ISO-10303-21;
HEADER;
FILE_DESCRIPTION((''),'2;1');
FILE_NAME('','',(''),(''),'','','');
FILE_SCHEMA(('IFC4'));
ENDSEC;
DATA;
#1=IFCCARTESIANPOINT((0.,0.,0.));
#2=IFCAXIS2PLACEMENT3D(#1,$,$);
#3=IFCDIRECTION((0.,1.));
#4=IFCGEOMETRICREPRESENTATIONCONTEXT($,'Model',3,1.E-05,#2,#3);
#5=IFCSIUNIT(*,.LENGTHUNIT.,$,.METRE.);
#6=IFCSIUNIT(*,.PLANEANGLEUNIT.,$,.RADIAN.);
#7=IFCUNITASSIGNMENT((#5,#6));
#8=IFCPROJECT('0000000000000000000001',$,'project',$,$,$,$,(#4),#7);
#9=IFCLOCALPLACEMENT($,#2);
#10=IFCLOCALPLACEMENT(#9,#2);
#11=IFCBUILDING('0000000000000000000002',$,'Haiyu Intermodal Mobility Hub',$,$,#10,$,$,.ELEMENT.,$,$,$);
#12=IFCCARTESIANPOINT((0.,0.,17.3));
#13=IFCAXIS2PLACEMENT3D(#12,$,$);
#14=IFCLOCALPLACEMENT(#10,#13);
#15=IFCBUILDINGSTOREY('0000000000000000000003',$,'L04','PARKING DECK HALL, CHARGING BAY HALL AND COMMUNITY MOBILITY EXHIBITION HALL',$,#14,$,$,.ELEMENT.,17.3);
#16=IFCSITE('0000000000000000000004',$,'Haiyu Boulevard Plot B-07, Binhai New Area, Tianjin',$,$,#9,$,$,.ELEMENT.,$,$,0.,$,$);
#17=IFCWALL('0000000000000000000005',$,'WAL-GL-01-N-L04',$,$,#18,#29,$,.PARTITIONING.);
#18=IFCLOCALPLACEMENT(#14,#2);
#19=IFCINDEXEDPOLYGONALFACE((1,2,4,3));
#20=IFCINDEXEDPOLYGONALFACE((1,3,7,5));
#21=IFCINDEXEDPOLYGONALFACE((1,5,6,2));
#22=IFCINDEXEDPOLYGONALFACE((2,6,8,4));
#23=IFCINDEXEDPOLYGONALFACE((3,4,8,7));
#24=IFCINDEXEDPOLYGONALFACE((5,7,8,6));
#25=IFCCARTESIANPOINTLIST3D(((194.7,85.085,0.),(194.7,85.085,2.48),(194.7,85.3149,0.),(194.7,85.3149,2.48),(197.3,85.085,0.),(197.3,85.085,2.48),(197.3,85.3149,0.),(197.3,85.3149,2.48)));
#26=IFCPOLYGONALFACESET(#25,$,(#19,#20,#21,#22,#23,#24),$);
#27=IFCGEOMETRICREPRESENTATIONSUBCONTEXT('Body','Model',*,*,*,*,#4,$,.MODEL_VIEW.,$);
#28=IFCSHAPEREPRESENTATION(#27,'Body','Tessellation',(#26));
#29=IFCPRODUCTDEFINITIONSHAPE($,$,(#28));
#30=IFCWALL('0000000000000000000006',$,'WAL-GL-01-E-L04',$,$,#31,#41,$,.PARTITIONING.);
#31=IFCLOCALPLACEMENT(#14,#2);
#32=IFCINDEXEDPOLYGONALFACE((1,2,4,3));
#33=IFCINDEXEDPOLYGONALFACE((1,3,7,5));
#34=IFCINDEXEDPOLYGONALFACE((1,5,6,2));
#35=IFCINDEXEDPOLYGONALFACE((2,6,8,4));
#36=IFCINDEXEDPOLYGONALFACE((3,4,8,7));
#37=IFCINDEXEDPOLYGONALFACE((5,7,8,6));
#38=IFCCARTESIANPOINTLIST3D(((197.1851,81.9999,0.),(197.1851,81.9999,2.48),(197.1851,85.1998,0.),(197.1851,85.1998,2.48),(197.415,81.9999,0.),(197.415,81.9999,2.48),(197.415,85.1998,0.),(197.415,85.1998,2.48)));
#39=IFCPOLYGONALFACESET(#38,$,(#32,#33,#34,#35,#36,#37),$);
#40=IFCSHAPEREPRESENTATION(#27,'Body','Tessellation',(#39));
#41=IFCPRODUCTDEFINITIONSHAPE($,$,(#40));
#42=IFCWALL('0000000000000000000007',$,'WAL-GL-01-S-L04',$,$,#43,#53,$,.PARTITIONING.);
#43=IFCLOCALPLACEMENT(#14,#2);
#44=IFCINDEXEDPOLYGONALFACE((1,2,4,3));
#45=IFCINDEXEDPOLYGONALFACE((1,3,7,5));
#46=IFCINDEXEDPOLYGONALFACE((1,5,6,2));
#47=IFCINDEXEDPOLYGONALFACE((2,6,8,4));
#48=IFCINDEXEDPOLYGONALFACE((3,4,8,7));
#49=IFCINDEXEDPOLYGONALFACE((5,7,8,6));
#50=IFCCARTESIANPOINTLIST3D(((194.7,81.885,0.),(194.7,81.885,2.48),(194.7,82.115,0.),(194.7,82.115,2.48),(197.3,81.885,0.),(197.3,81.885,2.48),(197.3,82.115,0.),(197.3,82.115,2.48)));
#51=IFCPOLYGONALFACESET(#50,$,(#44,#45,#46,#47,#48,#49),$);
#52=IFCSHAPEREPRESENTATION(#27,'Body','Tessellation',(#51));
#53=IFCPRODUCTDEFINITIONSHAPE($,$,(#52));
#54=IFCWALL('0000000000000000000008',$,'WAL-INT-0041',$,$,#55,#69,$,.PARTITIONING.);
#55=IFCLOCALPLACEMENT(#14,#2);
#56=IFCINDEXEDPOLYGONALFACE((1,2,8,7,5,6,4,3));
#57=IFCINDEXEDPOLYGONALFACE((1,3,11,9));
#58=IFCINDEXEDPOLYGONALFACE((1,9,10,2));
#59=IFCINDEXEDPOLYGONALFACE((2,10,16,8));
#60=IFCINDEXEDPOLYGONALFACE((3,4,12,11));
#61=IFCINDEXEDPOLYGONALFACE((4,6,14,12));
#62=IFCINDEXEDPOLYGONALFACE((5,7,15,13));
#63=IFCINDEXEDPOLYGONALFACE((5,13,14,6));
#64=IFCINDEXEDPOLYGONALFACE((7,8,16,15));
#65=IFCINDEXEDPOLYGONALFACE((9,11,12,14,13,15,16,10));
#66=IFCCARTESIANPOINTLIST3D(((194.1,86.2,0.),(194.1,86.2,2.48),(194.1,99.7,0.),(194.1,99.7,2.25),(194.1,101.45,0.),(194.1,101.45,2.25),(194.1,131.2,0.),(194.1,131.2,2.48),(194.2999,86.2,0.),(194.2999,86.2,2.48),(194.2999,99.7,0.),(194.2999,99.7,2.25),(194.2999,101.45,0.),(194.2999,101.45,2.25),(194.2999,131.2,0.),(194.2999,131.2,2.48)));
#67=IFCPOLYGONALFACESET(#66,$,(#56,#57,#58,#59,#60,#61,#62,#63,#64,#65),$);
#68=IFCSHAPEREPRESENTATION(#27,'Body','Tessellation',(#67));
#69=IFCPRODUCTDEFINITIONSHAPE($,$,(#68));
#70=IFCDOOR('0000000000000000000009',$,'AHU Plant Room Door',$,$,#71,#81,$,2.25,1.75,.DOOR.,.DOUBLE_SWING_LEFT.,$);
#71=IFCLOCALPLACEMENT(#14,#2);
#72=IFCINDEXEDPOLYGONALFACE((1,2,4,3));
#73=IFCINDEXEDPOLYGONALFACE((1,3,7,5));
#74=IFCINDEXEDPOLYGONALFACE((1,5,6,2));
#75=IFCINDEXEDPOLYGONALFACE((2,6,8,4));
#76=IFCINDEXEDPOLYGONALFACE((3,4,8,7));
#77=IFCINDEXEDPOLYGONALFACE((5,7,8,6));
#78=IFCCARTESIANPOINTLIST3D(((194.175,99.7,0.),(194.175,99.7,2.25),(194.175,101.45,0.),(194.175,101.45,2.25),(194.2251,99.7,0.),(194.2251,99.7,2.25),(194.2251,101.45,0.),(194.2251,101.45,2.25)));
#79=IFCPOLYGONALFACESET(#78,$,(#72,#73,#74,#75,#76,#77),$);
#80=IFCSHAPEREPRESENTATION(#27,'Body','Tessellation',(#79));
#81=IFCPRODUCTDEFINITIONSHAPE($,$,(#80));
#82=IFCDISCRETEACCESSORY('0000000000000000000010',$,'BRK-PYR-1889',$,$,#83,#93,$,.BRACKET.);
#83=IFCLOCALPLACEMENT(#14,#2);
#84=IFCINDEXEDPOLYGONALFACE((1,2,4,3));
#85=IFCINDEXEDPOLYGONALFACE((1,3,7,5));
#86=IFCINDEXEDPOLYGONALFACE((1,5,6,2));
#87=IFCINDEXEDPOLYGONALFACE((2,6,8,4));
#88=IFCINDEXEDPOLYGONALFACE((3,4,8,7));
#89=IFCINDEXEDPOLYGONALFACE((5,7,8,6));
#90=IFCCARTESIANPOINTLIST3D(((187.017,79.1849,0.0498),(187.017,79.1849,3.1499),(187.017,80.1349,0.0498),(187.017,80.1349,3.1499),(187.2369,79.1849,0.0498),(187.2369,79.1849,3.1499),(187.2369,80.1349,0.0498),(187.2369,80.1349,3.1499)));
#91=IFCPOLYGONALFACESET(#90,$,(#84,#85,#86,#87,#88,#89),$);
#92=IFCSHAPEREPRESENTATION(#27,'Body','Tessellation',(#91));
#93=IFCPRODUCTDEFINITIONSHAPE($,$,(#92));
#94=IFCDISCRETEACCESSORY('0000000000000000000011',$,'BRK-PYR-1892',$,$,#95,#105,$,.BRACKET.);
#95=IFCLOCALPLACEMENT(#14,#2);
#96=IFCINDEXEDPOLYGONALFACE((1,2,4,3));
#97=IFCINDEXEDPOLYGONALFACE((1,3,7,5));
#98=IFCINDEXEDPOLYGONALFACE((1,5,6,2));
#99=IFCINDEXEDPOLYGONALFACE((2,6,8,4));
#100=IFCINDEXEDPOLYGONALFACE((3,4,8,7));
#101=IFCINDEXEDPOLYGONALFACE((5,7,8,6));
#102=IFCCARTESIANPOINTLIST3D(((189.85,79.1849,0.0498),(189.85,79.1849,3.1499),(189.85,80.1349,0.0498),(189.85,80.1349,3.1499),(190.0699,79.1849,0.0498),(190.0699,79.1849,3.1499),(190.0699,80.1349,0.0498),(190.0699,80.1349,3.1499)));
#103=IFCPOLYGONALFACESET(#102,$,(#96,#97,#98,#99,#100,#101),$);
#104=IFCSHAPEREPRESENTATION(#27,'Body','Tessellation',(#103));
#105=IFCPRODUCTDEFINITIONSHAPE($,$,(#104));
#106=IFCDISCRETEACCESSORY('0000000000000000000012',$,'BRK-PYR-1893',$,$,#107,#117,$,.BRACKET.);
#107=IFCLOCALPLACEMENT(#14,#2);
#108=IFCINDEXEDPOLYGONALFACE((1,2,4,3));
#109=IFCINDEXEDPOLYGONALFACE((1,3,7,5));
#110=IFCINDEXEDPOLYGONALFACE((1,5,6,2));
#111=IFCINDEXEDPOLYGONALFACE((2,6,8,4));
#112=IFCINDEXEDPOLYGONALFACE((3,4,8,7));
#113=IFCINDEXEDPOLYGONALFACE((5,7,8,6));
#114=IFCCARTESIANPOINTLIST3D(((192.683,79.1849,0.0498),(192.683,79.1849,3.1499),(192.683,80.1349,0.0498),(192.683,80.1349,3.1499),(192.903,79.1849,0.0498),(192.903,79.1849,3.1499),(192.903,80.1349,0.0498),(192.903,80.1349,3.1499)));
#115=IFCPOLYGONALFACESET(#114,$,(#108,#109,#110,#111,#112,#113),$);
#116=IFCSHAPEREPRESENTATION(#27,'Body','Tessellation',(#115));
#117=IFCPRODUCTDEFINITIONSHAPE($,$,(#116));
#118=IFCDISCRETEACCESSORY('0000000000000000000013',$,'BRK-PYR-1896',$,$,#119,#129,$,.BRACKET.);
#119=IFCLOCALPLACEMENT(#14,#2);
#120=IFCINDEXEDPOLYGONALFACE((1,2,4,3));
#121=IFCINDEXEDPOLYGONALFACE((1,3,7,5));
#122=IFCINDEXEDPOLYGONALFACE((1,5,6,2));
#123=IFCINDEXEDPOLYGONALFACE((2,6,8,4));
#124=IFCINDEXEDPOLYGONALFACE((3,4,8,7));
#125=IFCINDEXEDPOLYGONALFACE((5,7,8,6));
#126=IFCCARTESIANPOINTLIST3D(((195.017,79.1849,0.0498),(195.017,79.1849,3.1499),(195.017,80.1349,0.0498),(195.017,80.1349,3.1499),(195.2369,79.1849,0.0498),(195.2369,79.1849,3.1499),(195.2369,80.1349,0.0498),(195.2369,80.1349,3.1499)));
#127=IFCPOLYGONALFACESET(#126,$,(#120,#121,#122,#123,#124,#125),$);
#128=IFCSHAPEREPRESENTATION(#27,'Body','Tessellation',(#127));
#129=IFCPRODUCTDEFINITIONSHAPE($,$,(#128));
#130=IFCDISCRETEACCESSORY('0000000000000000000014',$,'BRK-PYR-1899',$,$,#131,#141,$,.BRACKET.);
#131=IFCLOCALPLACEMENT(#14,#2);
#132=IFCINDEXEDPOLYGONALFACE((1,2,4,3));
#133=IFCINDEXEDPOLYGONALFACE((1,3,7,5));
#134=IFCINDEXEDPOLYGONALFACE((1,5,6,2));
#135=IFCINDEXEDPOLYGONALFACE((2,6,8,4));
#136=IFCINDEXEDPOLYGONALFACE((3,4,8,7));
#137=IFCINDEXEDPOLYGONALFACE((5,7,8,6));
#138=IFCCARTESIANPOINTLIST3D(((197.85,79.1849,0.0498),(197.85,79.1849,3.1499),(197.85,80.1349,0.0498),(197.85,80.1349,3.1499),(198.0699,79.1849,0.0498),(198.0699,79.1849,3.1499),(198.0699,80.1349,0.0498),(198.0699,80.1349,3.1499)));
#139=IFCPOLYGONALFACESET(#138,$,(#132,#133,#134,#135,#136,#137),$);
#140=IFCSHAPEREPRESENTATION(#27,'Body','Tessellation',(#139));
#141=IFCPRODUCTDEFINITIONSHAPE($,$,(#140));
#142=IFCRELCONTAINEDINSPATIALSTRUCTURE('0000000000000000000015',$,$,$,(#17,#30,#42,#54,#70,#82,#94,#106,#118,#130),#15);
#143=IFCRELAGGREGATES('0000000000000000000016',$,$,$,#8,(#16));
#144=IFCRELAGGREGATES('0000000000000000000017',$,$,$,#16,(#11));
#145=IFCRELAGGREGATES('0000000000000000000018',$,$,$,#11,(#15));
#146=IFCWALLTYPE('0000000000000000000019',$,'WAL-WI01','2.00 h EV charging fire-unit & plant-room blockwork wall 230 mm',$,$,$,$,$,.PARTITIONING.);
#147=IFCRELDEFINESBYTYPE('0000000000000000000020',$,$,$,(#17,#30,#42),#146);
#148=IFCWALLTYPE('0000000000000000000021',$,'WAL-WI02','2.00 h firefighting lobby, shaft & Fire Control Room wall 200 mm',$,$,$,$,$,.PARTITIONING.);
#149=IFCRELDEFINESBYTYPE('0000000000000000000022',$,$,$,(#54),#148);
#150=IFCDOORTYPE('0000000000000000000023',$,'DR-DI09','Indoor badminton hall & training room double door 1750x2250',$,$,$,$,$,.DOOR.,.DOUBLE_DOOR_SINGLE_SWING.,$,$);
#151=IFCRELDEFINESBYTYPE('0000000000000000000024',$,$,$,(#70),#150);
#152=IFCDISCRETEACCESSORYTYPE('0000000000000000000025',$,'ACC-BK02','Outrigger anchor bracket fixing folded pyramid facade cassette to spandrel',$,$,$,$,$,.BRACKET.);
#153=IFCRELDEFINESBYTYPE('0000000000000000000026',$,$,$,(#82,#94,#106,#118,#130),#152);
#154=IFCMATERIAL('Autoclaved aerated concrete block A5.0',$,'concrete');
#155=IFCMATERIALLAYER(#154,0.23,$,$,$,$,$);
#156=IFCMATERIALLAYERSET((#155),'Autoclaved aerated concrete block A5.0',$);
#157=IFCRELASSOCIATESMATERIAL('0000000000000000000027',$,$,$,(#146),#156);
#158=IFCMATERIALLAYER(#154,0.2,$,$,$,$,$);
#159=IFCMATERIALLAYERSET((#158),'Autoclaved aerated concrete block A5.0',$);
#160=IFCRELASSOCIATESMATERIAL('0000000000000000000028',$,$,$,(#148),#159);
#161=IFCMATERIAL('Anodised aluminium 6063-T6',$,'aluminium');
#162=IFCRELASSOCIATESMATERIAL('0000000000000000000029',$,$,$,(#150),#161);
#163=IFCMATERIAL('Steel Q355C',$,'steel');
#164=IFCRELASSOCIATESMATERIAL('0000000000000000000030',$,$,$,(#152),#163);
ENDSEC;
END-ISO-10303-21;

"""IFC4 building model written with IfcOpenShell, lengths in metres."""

from ifc_helpers import new_model, si_unit, direction, frame, frame_2d, origin, origin_2d, place, context, subcontext, project, spatial, rectangle, extrude, material, layer, layer_set, type_object, element, fill, save


model = new_model("IFC4")

# Units and contexts
model_context = context("Model", 3, precision=1e-05, world=origin(), true_north=direction((0.0, 1.0)))
body_context = subcontext(model_context, "Body", "Model", "MODEL_VIEW")
ifc_project = project(units=[si_unit("LENGTHUNIT", "METRE"), si_unit("PLANEANGLEUNIT", "RADIAN")], contexts=[model_context])

# Site, building, storey
site_placement = place(None, origin())
site = spatial("IfcSite", under=ifc_project, at=site_placement, Name="Haiyu Boulevard Plot B-07, Binhai New Area, Tianjin", CompositionType="ELEMENT", RefElevation=0.0)
building_placement = place(site_placement, origin())
building = spatial("IfcBuilding", under=site, at=building_placement, Name="Haiyu Intermodal Mobility Hub", CompositionType="ELEMENT")
storey_placement = place(building_placement, frame((0.0, 0.0, 17.3)))
storey = spatial("IfcBuildingStorey", under=building, at=storey_placement, Name="L04", Description="PARKING DECK HALL, CHARGING BAY HALL AND COMMUNITY MOBILITY EXHIBITION HALL", CompositionType="ELEMENT", Elevation=17.3)

# Shared definitions
ifc_material_1 = material(Name="Autoclaved aerated concrete block A5.0", Category="concrete")
ifc_layer_1 = layer(ifc_material_1, 0.23)
ifc_layer_set_1 = layer_set([ifc_layer_1], Name="Autoclaved aerated concrete block A5.0")
wall_type_1 = type_object("IfcWallType", Name="WAL-WI01", Description="2.00 h EV charging fire-unit & plant-room blockwork wall 230 mm", PredefinedType="PARTITIONING", material=ifc_layer_set_1)
ifc_material_2 = material(Name="Steel Q355C", Category="steel")

# Walls
wall_1_placement = place(storey_placement, frame((194.7, 85.2, 0.0), z_axis=(0.0, 0.0, 1.0), x_axis=(1.0, 0.0, 0.0)))
element("IfcWall", 1, at=wall_1_placement, inside=storey, type_object=wall_type_1, Name="WAL-GL-01-N-L04", PredefinedType="PARTITIONING", context=body_context, shape_type="SweptSolid", body=[
    extrude(rectangle(XDim=2.6001, YDim=0.23, at=frame_2d((1.3, 0.0))), origin(), (0.0, 0.0, 1.0), 2.48),
])
wall_2_placement = place(storey_placement, frame((197.3, 85.2, 0.0), z_axis=(0.0, 0.0, 1.0), x_axis=(0.0, -1.0, 0.0)))
element("IfcWall", 2, at=wall_2_placement, inside=storey, type_object=wall_type_1, Name="WAL-GL-01-E-L04", PredefinedType="PARTITIONING", context=body_context, shape_type="SweptSolid", body=[
    extrude(rectangle(XDim=3.2, YDim=0.23, at=frame_2d((1.6001, 0.0))), origin(), (0.0, 0.0, 1.0), 2.48),
])
wall_3_placement = place(storey_placement, frame((197.3, 82.0, 0.0), z_axis=(0.0, 0.0, 1.0), x_axis=(-1.0, 0.0, 0.0)))
element("IfcWall", 3, at=wall_3_placement, inside=storey, type_object=wall_type_1, Name="WAL-GL-01-S-L04", PredefinedType="PARTITIONING", context=body_context, shape_type="SweptSolid", body=[
    extrude(rectangle(XDim=2.6001, YDim=0.23, at=frame_2d((1.3, 0.0))), origin(), (0.0, 0.0, 1.0), 2.48),
])

# Wall, opening, door
ifc_layer_2 = layer(ifc_material_1, 0.2)
ifc_layer_set_2 = layer_set([ifc_layer_2], Name="Autoclaved aerated concrete block A5.0")
wall_type_2 = type_object("IfcWallType", Name="WAL-WI02", Description="2.00 h firefighting lobby, shaft & Fire Control Room wall 200 mm", PredefinedType="PARTITIONING", material=ifc_layer_set_2)
wall_4_placement = place(storey_placement, frame((194.2, 86.2, 0.0), z_axis=(0.0, 0.0, 1.0), x_axis=(0.0, 1.0, 0.0)))
wall_4 = element("IfcWall", 4, at=wall_4_placement, inside=storey, type_object=wall_type_2, Name="WAL-INT-0041", PredefinedType="PARTITIONING", context=body_context, shape_type="SweptSolid", body=[
    extrude(rectangle(XDim=45.0, YDim=0.2, at=frame_2d((22.5, 0.0))), origin(), (0.0, 0.0, 1.0), 2.48),
])
opening_1_placement = place(wall_4_placement, frame((13.5, 0.0, 0.0)))
opening_1 = element("IfcOpeningElement", 5, at=opening_1_placement, cuts=wall_4, PredefinedType="OPENING", context=body_context, shape_type="SweptSolid", body=[
    extrude(rectangle(XDim=1.75, YDim=2.25, at=frame_2d((0.875, 1.125))), frame((0.0, 0.1099, 0.0), z_axis=(0.0, -1.0, 0.0), x_axis=(1.0, 0.0, 0.0)), (0.0, 0.0, 1.0), 0.22),
])
ifc_material_3 = material(Name="Anodised aluminium 6063-T6", Category="aluminium")
door_type_1 = type_object("IfcDoorType", Name="DR-DI09", Description="Indoor badminton hall & training room double door 1750x2250", OperationType="DOUBLE_DOOR_SINGLE_SWING", PredefinedType="DOOR", material=ifc_material_3)
door_1_placement = place(opening_1_placement, origin())
door_1 = element("IfcDoor", 6, at=door_1_placement, inside=storey, type_object=door_type_1, Name="AHU Plant Room Door", OperationType="DOUBLE_SWING_LEFT", OverallHeight=2.25, OverallWidth=1.75, PredefinedType="DOOR", context=body_context, shape_type="SweptSolid", body=[
    extrude(rectangle(XDim=1.75, YDim=2.25, at=frame_2d((0.875, 1.125))), frame((0.0, 0.0249, 0.0), z_axis=(0.0, -1.0, 0.0), x_axis=(1.0, 0.0, 0.0)), (0.0, 0.0, 1.0), 0.05),
])
fill(opening_1, door_1)

# Discrete accessories
discrete_accessory_type = type_object("IfcDiscreteAccessoryType", Name="ACC-BK02", Description="Outrigger anchor bracket fixing folded pyramid facade cassette to spandrel", PredefinedType="BRACKET", material=ifc_material_2)
for number, where, z_axis, x_axis, name in (
    (7, (187.127, 79.6599, 0.0498), (0.0, 0.0, 1.0), (1.0, 0.0, 0.0), "BRK-PYR-1889"),
    (8, (189.96, 79.6599, 0.0498), (0.0, 0.0, 1.0), (1.0, 0.0, 0.0), "BRK-PYR-1892"),
    (9, (192.793, 79.6599, 0.0498), (0.0, 0.0, 1.0), (1.0, 0.0, 0.0), "BRK-PYR-1893"),
    (10, (195.127, 79.6599, 0.0498), (0.0, 0.0, 1.0), (1.0, 0.0, 0.0), "BRK-PYR-1896"),
    (11, (197.96, 79.6599, 0.0498), (0.0, 0.0, 1.0), (1.0, 0.0, 0.0), "BRK-PYR-1899"),
):
    element("IfcDiscreteAccessory", number, at=place(storey_placement, frame(where, z_axis=z_axis, x_axis=x_axis)), inside=storey, type_object=discrete_accessory_type, Name=name, PredefinedType="BRACKET", context=body_context, shape_type="SweptSolid", body=[
        extrude(rectangle(XDim=0.22, YDim=0.95, at=origin_2d()), origin(), (0.0, 0.0, 1.0), 3.1001),
    ])

save(model, "model.ifc")
